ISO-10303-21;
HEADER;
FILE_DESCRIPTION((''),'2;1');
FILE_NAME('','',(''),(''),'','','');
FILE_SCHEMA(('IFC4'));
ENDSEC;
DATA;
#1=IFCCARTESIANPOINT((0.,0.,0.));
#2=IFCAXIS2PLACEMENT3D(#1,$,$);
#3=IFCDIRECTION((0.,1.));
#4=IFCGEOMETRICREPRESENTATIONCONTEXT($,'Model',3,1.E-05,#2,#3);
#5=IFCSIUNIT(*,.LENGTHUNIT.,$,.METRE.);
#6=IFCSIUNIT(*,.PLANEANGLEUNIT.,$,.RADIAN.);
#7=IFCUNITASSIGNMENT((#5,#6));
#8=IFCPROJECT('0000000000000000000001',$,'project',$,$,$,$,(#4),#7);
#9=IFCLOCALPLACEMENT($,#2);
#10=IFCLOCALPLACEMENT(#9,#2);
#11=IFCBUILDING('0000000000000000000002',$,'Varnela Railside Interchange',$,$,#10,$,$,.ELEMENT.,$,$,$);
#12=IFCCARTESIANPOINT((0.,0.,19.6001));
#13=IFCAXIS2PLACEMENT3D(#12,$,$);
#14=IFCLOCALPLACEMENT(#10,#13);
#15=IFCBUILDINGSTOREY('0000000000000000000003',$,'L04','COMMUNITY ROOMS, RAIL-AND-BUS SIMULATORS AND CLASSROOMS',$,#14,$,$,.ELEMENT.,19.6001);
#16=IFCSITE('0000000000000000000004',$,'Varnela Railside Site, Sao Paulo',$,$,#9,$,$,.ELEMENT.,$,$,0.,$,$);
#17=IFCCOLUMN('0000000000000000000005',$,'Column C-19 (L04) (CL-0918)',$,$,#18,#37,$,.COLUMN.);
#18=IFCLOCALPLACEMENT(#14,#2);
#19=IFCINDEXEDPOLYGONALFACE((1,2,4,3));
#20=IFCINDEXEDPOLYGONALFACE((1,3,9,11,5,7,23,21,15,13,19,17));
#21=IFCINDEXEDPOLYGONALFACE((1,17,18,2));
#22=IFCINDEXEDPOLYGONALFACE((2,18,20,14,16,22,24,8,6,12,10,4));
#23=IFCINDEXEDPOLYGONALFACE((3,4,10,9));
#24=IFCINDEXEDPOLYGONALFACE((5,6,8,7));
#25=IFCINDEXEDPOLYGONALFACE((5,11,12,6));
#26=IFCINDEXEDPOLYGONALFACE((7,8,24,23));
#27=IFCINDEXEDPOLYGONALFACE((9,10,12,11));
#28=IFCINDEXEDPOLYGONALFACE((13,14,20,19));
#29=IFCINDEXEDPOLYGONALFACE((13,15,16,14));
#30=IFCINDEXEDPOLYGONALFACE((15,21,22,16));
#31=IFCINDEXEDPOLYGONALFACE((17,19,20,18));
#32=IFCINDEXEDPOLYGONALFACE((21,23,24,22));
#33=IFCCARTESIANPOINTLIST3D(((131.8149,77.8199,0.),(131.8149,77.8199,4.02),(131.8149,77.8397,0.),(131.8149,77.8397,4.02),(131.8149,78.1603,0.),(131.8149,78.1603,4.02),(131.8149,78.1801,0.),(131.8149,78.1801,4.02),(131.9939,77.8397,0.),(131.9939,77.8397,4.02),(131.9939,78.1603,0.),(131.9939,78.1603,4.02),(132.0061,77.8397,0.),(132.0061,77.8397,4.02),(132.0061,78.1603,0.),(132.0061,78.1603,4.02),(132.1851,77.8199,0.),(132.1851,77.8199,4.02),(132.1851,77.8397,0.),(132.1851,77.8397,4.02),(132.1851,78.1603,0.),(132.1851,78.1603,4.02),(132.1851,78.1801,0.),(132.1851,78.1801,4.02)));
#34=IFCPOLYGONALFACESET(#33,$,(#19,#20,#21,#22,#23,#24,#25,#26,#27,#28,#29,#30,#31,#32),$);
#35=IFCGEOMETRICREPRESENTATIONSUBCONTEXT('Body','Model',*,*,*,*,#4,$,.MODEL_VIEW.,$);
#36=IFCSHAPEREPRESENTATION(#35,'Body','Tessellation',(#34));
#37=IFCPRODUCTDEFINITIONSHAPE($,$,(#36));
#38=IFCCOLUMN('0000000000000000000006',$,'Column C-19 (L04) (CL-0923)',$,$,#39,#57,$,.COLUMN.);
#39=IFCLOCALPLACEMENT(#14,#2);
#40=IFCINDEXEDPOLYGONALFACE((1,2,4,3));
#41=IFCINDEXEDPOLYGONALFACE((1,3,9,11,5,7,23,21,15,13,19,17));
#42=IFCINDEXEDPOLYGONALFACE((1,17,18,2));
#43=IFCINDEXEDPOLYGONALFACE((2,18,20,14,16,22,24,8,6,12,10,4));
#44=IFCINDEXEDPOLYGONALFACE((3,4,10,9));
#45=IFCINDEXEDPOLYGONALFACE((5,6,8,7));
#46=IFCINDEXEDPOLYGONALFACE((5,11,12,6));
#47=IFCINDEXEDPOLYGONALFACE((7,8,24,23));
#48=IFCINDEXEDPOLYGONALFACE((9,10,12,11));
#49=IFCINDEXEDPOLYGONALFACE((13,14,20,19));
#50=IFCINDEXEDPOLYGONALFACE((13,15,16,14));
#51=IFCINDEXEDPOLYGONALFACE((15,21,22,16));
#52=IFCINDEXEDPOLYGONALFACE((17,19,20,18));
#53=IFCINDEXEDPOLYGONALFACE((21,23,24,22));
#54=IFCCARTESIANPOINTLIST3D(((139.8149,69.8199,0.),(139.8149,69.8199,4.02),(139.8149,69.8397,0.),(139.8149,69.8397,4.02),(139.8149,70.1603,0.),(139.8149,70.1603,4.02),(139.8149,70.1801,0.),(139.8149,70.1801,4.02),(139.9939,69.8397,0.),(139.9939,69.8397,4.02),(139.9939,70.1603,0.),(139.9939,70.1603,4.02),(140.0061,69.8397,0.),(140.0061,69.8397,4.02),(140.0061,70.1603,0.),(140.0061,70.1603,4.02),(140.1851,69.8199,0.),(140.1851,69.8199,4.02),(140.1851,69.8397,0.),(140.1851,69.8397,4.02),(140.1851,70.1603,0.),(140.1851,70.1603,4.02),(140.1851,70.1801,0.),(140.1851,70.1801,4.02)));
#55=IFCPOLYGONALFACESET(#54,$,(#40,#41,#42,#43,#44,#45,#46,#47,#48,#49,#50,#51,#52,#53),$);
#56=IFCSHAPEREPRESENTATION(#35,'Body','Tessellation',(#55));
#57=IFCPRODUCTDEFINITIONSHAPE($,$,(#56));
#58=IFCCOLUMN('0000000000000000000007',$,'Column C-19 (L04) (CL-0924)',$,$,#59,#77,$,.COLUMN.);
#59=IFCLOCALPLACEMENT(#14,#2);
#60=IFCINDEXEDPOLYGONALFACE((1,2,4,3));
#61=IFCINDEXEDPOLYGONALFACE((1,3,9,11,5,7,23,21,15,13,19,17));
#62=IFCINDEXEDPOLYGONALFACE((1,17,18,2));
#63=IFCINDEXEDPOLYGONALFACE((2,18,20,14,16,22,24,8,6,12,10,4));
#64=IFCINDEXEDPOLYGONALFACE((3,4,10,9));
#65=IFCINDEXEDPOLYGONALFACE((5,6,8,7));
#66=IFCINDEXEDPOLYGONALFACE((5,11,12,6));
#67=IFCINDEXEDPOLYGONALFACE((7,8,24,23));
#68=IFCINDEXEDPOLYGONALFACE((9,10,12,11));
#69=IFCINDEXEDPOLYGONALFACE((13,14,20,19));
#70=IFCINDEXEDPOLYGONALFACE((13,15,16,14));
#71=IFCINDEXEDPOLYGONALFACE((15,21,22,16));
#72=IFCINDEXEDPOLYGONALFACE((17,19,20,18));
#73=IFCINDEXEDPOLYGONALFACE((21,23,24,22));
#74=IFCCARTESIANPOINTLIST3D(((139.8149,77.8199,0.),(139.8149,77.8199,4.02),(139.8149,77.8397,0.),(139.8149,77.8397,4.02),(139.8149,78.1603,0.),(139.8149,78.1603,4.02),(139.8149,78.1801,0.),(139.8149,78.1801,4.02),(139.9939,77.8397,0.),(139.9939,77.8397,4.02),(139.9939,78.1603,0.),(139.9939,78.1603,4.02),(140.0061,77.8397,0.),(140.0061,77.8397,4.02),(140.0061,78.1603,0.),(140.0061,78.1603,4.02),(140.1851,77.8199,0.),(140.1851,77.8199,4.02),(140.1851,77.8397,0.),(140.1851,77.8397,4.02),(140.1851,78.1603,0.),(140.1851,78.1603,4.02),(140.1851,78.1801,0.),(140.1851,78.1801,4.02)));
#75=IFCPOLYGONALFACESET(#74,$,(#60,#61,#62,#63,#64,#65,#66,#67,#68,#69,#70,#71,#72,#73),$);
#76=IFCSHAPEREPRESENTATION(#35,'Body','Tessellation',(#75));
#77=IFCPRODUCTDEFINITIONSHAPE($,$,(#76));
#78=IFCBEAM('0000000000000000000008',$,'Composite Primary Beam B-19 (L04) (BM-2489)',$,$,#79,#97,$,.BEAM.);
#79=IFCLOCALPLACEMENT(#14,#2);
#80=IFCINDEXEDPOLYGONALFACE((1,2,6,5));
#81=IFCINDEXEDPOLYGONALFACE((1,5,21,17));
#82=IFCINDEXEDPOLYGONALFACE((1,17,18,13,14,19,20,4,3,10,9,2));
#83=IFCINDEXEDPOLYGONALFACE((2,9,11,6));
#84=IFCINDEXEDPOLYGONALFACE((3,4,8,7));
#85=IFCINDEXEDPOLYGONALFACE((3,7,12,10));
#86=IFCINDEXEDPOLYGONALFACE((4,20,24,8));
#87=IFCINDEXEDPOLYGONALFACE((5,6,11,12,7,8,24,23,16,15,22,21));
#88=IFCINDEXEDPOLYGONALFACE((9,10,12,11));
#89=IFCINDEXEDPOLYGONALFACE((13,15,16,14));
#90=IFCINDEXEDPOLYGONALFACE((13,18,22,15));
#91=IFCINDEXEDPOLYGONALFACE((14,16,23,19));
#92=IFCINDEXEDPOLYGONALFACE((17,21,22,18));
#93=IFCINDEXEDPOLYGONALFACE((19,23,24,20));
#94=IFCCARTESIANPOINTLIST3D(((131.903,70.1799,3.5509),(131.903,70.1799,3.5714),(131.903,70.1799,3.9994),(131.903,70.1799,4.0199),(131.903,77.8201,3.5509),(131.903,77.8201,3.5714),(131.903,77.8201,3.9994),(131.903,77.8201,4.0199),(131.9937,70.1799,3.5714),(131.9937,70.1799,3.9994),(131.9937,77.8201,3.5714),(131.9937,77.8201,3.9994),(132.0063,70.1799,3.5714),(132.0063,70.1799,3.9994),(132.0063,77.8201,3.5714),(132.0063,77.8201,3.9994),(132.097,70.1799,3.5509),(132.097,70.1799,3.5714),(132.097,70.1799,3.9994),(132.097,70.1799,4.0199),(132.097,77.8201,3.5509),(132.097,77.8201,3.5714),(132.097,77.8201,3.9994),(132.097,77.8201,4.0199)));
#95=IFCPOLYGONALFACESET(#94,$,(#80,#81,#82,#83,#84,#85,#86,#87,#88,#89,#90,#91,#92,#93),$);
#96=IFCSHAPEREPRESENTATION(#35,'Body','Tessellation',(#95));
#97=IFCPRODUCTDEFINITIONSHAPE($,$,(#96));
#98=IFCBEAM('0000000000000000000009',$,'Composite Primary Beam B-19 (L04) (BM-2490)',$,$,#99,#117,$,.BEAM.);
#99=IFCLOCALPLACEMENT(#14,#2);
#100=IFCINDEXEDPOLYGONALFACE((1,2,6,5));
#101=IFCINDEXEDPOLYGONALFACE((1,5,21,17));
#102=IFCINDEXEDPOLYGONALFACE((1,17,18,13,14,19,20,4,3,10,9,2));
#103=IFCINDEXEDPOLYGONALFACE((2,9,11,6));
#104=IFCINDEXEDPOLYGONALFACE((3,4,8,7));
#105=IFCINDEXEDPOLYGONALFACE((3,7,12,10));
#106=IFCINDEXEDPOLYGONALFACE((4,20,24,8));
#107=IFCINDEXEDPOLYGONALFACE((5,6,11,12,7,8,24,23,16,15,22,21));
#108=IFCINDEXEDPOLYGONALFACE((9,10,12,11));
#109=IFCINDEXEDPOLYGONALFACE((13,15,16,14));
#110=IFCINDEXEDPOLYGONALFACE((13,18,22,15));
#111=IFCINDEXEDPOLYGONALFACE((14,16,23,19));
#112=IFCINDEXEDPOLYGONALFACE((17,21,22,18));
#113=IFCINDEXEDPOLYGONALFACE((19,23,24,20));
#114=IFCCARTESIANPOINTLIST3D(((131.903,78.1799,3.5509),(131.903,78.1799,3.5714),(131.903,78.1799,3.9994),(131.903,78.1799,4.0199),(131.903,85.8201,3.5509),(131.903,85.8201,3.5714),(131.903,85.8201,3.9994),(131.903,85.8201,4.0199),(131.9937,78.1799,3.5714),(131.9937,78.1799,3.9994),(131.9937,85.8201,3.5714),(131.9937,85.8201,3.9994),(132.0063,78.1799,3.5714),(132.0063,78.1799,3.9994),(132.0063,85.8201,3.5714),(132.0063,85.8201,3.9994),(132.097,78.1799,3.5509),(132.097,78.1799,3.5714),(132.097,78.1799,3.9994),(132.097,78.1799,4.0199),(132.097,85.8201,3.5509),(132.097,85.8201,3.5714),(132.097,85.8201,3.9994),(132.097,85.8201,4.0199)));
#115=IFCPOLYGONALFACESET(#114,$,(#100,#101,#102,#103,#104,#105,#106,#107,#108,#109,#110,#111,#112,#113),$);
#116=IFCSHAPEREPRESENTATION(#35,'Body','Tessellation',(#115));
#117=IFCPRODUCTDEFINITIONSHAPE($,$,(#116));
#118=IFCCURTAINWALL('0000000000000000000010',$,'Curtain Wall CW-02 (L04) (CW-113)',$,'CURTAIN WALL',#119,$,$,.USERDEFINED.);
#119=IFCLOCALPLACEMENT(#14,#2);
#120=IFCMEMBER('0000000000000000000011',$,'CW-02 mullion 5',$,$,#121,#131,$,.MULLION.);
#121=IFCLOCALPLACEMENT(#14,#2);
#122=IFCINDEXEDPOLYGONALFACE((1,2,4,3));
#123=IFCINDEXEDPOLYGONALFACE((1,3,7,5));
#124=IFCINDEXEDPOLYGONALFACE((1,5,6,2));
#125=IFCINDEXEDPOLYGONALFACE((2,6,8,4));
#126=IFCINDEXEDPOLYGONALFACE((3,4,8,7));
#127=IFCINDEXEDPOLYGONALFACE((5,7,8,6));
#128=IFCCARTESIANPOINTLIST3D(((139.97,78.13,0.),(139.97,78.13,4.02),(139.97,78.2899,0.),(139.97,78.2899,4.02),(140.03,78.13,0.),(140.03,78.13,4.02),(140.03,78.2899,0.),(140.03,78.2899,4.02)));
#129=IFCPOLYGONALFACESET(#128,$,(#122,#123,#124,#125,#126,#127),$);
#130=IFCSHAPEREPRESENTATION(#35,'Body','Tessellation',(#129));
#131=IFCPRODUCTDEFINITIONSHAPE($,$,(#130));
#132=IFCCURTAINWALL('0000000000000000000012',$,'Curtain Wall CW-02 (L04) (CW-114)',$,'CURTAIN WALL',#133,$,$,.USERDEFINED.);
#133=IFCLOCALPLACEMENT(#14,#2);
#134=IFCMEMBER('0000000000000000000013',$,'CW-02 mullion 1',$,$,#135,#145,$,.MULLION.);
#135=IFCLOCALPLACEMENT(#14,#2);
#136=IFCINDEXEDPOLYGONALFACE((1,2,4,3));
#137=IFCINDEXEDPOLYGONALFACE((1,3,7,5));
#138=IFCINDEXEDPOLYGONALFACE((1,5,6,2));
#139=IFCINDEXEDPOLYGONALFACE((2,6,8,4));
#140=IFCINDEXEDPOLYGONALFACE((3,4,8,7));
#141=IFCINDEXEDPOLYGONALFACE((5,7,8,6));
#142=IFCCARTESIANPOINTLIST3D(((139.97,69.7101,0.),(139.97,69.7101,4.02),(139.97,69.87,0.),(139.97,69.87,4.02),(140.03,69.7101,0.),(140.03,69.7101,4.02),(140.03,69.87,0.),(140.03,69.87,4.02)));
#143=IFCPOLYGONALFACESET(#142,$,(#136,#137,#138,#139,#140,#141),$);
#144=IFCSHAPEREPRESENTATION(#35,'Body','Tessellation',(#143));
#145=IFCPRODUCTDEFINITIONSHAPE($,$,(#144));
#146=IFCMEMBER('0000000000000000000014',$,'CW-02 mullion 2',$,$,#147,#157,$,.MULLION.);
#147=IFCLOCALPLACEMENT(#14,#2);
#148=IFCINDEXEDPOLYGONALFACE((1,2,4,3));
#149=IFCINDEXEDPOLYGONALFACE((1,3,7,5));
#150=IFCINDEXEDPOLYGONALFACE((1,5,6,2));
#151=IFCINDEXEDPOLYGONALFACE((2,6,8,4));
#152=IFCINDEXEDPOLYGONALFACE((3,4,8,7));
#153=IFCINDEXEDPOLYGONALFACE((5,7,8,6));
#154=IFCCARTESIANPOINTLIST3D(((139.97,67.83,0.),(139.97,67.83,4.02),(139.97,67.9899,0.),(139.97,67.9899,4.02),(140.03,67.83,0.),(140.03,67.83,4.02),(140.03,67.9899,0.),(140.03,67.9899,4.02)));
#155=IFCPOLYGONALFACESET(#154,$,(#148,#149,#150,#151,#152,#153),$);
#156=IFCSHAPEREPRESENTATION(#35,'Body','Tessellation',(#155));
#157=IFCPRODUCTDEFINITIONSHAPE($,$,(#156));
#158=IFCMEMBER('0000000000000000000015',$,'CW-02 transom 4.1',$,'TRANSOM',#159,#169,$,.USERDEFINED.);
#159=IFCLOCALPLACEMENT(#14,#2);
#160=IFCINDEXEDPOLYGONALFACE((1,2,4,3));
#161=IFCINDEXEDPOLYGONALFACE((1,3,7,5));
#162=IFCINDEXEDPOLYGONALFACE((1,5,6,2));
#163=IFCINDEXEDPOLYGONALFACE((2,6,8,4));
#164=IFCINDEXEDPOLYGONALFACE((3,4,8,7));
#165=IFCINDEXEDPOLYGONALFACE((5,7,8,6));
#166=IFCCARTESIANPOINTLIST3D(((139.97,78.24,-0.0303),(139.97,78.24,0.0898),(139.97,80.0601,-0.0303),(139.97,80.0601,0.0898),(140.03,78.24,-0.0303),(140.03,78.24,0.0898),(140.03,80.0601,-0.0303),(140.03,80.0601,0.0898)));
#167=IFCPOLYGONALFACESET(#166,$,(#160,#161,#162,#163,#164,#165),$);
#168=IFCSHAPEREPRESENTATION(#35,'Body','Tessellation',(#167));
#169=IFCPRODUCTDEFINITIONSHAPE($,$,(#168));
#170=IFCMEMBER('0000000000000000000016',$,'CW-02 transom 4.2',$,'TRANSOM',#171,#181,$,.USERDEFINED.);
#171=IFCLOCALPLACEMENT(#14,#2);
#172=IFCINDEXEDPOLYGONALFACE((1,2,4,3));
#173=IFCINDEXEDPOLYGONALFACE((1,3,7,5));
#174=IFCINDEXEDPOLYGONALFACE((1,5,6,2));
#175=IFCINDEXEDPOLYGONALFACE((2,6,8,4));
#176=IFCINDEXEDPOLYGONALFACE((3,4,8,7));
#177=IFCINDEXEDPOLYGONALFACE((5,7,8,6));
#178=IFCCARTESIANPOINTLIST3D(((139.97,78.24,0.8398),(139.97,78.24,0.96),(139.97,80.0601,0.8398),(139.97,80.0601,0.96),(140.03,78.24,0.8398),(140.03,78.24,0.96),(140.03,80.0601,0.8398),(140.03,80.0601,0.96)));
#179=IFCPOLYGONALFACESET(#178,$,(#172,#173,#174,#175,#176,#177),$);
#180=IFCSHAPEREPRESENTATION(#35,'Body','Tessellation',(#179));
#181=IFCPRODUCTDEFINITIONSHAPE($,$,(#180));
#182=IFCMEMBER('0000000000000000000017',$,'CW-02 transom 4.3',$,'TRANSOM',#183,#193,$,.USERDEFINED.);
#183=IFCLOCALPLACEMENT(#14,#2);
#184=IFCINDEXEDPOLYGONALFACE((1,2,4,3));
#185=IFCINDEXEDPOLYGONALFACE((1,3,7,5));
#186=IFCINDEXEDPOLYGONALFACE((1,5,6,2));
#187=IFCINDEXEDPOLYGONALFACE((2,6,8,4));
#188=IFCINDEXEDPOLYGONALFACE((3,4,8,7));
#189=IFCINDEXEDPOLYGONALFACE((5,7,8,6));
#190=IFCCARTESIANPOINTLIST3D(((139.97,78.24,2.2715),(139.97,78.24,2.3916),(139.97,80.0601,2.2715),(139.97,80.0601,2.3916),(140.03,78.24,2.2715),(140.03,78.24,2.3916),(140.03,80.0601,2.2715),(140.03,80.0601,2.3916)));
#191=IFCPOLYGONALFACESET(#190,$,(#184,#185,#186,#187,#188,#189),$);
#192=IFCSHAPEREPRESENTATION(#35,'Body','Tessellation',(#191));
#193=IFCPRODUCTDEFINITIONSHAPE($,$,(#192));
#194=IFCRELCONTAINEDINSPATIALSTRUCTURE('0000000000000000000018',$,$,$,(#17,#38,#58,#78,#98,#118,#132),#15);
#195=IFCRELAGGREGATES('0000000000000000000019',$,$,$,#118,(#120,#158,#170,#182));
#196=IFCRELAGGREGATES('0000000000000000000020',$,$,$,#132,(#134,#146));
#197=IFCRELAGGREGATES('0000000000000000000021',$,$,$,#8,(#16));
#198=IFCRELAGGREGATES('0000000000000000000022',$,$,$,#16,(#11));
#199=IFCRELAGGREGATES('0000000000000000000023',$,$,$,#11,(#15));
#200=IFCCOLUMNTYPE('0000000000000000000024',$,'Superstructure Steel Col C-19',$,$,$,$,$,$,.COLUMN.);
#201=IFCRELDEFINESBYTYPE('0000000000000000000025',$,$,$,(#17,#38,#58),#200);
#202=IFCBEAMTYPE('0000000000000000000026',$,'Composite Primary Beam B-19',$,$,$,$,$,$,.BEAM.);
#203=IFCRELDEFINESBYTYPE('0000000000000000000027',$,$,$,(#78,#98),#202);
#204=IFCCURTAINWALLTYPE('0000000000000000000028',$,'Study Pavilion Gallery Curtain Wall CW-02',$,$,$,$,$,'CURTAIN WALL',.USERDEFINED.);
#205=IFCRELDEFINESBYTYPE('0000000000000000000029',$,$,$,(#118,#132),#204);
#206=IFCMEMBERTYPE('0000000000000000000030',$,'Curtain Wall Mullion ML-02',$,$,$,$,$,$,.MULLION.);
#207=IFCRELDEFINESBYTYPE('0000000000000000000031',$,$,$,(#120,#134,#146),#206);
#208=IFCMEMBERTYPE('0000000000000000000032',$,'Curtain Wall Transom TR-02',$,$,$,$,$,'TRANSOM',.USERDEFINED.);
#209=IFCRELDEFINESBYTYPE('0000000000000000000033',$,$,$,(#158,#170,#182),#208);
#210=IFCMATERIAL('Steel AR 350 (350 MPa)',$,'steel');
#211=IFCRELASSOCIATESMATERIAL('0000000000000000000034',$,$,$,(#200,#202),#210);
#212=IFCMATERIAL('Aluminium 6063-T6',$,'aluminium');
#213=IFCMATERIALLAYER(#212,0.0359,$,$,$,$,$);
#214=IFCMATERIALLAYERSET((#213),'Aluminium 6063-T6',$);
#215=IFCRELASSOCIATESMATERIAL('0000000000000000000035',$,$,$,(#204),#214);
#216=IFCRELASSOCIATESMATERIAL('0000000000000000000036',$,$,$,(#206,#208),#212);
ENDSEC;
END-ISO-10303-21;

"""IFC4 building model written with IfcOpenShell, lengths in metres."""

from ifc_helpers import new_model, si_unit, direction, frame, origin, origin_2d, place, context, subcontext, project, spatial, rectangle, i_section, extrude, material, layer, layer_set, material_profile, profile_set, type_object, element, aggregate, save


model = new_model("IFC4")

# Units and contexts
model_context = context("Model", 3, precision=1e-05, world=origin(), true_north=direction((0.0, 1.0)))
body_context = subcontext(model_context, "Body", "Model", "MODEL_VIEW")
ifc_project = project(units=[si_unit("LENGTHUNIT", "METRE"), si_unit("PLANEANGLEUNIT", "RADIAN")], contexts=[model_context])

# Site, building, storey
site_placement = place(None, origin())
site = spatial("IfcSite", under=ifc_project, at=site_placement, Name="Varnela Railside Site, Sao Paulo", CompositionType="ELEMENT", RefElevation=0.0)
building_placement = place(site_placement, origin())
building = spatial("IfcBuilding", under=site, at=building_placement, Name="Varnela Railside Interchange", CompositionType="ELEMENT")
storey_placement = place(building_placement, frame((0.0, 0.0, 19.6001)))
storey = spatial("IfcBuildingStorey", under=building, at=storey_placement, Name="L04", Description="COMMUNITY ROOMS, RAIL-AND-BUS SIMULATORS AND CLASSROOMS", CompositionType="ELEMENT", Elevation=19.6001)

# Columns
ifc_material_1 = material(Name="Steel AR 350 (350 MPa)", Category="steel")
ifc_material_profile_1 = material_profile(ifc_material_1, i_section(OverallWidth=0.3701, OverallDepth=0.3601, WebThickness=0.0122, FlangeThickness=0.0198, at=origin_2d()), Name="W360x147")
ifc_profile_set_1 = profile_set([ifc_material_profile_1], Name="Steel AR 350 (350 MPa)")
column_type = type_object("IfcColumnType", Name="Superstructure Steel Col C-19", PredefinedType="COLUMN", material=ifc_profile_set_1)
for number, where, z_axis, x_axis, name in (
    (1, (132.0, 78.0, 0.0), (0.0, 0.0, 1.0), (1.0, 0.0, 0.0), "Column C-19 (L04) (CL-0918)"),
    (2, (140.0, 70.0, 0.0), (0.0, 0.0, 1.0), (1.0, 0.0, 0.0), "Column C-19 (L04) (CL-0923)"),
    (3, (140.0, 78.0, 0.0), (0.0, 0.0, 1.0), (1.0, 0.0, 0.0), "Column C-19 (L04) (CL-0924)"),
):
    element("IfcColumn", number, at=place(storey_placement, frame(where, z_axis=z_axis, x_axis=x_axis)), inside=storey, type_object=column_type, Name=name, PredefinedType="COLUMN", context=body_context, shape_type="SweptSolid", body=[
        extrude(i_section(OverallWidth=0.3701, OverallDepth=0.3601, WebThickness=0.0122, FlangeThickness=0.0198, at=origin_2d()), origin(), (0.0, 0.0, 1.0), 4.02),
    ])

# Beams
ifc_material_profile_2 = material_profile(ifc_material_1, i_section(OverallWidth=0.1941, OverallDepth=0.469, WebThickness=0.0127, FlangeThickness=0.0205, at=origin_2d()), Name="W460x106")
ifc_profile_set_2 = profile_set([ifc_material_profile_2], Name="Steel AR 350 (350 MPa)")
beam_type_1 = type_object("IfcBeamType", Name="Composite Primary Beam B-19", PredefinedType="BEAM", material=ifc_profile_set_2)
for number, where, z_axis, x_axis, name in (
    (4, (132.0, 70.1799, 3.7854), (0.0, 1.0, 0.0), (-1.0, 0.0, 0.0), "Composite Primary Beam B-19 (L04) (BM-2489)"),
    (5, (132.0, 78.1799, 3.7854), (0.0, 1.0, 0.0), (-1.0, 0.0, 0.0), "Composite Primary Beam B-19 (L04) (BM-2490)"),
):
    element("IfcBeam", number, at=place(storey_placement, frame(where, z_axis=z_axis, x_axis=x_axis)), inside=storey, type_object=beam_type_1, Name=name, PredefinedType="BEAM", context=body_context, shape_type="SweptSolid", body=[
        extrude(i_section(OverallWidth=0.1941, OverallDepth=0.469, WebThickness=0.0127, FlangeThickness=0.0205, at=origin_2d()), origin(), (0.0, 0.0, 1.0), 7.6401),
    ])

# Curtain wall, member
ifc_material_2 = material(Name="Aluminium 6063-T6", Category="aluminium")
ifc_layer_1 = layer(ifc_material_2, 0.0359)
ifc_layer_set_1 = layer_set([ifc_layer_1], Name="Aluminium 6063-T6")
curtain_wall_type = type_object("IfcCurtainWallType", Name="Study Pavilion Gallery Curtain Wall CW-02", ElementType="CURTAIN WALL", PredefinedType="USERDEFINED", material=ifc_layer_set_1)
curtain_wall_1_placement = place(storey_placement, origin())
curtain_wall_1 = element("IfcCurtainWall", 6, at=curtain_wall_1_placement, inside=storey, type_object=curtain_wall_type, Name="Curtain Wall CW-02 (L04) (CW-113)", ObjectType="CURTAIN WALL", PredefinedType="USERDEFINED")
ifc_material_profile_3 = material_profile(ifc_material_2, rectangle(XDim=0.0601, YDim=0.1599, at=origin_2d()), Name="ALU 60x160")
ifc_profile_set_3 = profile_set([ifc_material_profile_3], Name="Aluminium 6063-T6")
member_type_1 = type_object("IfcMemberType", Name="Curtain Wall Mullion ML-02", PredefinedType="MULLION", material=ifc_profile_set_3)
member_1_placement = place(storey_placement, frame((140.0, 78.21, 0.0), z_axis=(0.0, 0.0, 1.0), x_axis=(1.0, 0.0, 0.0)))
member_1 = element("IfcMember", 7, at=member_1_placement, type_object=member_type_1, Name="CW-02 mullion 5", PredefinedType="MULLION", context=body_context, shape_type="SweptSolid", body=[
    extrude(rectangle(XDim=0.0601, YDim=0.1599, at=origin_2d()), origin(), (0.0, 0.0, 1.0), 4.02),
])

# Curtain wall, members
curtain_wall_2_placement = place(storey_placement, origin())
curtain_wall_2 = element("IfcCurtainWall", 8, at=curtain_wall_2_placement, inside=storey, type_object=curtain_wall_type, Name="Curtain Wall CW-02 (L04) (CW-114)", ObjectType="CURTAIN WALL", PredefinedType="USERDEFINED")
member_2_placement = place(storey_placement, frame((140.0, 69.79, 0.0), z_axis=(0.0, 0.0, 1.0), x_axis=(1.0, 0.0, 0.0)))
member_2 = element("IfcMember", 9, at=member_2_placement, type_object=member_type_1, Name="CW-02 mullion 1", PredefinedType="MULLION", context=body_context, shape_type="SweptSolid", body=[
    extrude(rectangle(XDim=0.0601, YDim=0.1599, at=origin_2d()), origin(), (0.0, 0.0, 1.0), 4.02),
])
member_3_placement = place(storey_placement, frame((140.0, 67.9099, 0.0), z_axis=(0.0, 0.0, 1.0), x_axis=(1.0, 0.0, 0.0)))
member_3 = element("IfcMember", 10, at=member_3_placement, type_object=member_type_1, Name="CW-02 mullion 2", PredefinedType="MULLION", context=body_context, shape_type="SweptSolid", body=[
    extrude(rectangle(XDim=0.0601, YDim=0.1599, at=origin_2d()), origin(), (0.0, 0.0, 1.0), 4.02),
])

# Members
ifc_material_profile_4 = material_profile(ifc_material_2, rectangle(XDim=0.0601, YDim=0.1201, at=origin_2d()), Name="ALU 60x120")
ifc_profile_set_4 = profile_set([ifc_material_profile_4], Name="Aluminium 6063-T6")
member_type_2 = type_object("IfcMemberType", Name="Curtain Wall Transom TR-02", ElementType="TRANSOM", PredefinedType="USERDEFINED", material=ifc_profile_set_4)
member_4_placement = place(storey_placement, frame((140.0, 80.0601, 0.0298), z_axis=(0.0, -1.0, 0.0), x_axis=(1.0, 0.0, 0.0)))
member_4 = element("IfcMember", 11, at=member_4_placement, type_object=member_type_2, Name="CW-02 transom 4.1", ObjectType="TRANSOM", PredefinedType="USERDEFINED", context=body_context, shape_type="SweptSolid", body=[
    extrude(rectangle(XDim=0.0601, YDim=0.1201, at=origin_2d()), origin(), (0.0, 0.0, 1.0), 1.8201),
])
member_5_placement = place(storey_placement, frame((140.0, 80.0601, 0.8999), z_axis=(0.0, -1.0, 0.0), x_axis=(1.0, 0.0, 0.0)))
member_5 = element("IfcMember", 12, at=member_5_placement, type_object=member_type_2, Name="CW-02 transom 4.2", ObjectType="TRANSOM", PredefinedType="USERDEFINED", context=body_context, shape_type="SweptSolid", body=[
    extrude(rectangle(XDim=0.0601, YDim=0.1201, at=origin_2d()), origin(), (0.0, 0.0, 1.0), 1.8201),
])
member_6_placement = place(storey_placement, frame((140.0, 80.0601, 2.3315), z_axis=(0.0, -1.0, 0.0), x_axis=(1.0, 0.0, 0.0)))
member_6 = element("IfcMember", 13, at=member_6_placement, type_object=member_type_2, Name="CW-02 transom 4.3", ObjectType="TRANSOM", PredefinedType="USERDEFINED", context=body_context, shape_type="SweptSolid", body=[
    extrude(rectangle(XDim=0.0601, YDim=0.1201, at=origin_2d()), origin(), (0.0, 0.0, 1.0), 1.8201),
])

aggregate(curtain_wall_1, [member_1, member_4, member_5, member_6])
aggregate(curtain_wall_2, [member_2, member_3])

save(model, "model.ifc")
